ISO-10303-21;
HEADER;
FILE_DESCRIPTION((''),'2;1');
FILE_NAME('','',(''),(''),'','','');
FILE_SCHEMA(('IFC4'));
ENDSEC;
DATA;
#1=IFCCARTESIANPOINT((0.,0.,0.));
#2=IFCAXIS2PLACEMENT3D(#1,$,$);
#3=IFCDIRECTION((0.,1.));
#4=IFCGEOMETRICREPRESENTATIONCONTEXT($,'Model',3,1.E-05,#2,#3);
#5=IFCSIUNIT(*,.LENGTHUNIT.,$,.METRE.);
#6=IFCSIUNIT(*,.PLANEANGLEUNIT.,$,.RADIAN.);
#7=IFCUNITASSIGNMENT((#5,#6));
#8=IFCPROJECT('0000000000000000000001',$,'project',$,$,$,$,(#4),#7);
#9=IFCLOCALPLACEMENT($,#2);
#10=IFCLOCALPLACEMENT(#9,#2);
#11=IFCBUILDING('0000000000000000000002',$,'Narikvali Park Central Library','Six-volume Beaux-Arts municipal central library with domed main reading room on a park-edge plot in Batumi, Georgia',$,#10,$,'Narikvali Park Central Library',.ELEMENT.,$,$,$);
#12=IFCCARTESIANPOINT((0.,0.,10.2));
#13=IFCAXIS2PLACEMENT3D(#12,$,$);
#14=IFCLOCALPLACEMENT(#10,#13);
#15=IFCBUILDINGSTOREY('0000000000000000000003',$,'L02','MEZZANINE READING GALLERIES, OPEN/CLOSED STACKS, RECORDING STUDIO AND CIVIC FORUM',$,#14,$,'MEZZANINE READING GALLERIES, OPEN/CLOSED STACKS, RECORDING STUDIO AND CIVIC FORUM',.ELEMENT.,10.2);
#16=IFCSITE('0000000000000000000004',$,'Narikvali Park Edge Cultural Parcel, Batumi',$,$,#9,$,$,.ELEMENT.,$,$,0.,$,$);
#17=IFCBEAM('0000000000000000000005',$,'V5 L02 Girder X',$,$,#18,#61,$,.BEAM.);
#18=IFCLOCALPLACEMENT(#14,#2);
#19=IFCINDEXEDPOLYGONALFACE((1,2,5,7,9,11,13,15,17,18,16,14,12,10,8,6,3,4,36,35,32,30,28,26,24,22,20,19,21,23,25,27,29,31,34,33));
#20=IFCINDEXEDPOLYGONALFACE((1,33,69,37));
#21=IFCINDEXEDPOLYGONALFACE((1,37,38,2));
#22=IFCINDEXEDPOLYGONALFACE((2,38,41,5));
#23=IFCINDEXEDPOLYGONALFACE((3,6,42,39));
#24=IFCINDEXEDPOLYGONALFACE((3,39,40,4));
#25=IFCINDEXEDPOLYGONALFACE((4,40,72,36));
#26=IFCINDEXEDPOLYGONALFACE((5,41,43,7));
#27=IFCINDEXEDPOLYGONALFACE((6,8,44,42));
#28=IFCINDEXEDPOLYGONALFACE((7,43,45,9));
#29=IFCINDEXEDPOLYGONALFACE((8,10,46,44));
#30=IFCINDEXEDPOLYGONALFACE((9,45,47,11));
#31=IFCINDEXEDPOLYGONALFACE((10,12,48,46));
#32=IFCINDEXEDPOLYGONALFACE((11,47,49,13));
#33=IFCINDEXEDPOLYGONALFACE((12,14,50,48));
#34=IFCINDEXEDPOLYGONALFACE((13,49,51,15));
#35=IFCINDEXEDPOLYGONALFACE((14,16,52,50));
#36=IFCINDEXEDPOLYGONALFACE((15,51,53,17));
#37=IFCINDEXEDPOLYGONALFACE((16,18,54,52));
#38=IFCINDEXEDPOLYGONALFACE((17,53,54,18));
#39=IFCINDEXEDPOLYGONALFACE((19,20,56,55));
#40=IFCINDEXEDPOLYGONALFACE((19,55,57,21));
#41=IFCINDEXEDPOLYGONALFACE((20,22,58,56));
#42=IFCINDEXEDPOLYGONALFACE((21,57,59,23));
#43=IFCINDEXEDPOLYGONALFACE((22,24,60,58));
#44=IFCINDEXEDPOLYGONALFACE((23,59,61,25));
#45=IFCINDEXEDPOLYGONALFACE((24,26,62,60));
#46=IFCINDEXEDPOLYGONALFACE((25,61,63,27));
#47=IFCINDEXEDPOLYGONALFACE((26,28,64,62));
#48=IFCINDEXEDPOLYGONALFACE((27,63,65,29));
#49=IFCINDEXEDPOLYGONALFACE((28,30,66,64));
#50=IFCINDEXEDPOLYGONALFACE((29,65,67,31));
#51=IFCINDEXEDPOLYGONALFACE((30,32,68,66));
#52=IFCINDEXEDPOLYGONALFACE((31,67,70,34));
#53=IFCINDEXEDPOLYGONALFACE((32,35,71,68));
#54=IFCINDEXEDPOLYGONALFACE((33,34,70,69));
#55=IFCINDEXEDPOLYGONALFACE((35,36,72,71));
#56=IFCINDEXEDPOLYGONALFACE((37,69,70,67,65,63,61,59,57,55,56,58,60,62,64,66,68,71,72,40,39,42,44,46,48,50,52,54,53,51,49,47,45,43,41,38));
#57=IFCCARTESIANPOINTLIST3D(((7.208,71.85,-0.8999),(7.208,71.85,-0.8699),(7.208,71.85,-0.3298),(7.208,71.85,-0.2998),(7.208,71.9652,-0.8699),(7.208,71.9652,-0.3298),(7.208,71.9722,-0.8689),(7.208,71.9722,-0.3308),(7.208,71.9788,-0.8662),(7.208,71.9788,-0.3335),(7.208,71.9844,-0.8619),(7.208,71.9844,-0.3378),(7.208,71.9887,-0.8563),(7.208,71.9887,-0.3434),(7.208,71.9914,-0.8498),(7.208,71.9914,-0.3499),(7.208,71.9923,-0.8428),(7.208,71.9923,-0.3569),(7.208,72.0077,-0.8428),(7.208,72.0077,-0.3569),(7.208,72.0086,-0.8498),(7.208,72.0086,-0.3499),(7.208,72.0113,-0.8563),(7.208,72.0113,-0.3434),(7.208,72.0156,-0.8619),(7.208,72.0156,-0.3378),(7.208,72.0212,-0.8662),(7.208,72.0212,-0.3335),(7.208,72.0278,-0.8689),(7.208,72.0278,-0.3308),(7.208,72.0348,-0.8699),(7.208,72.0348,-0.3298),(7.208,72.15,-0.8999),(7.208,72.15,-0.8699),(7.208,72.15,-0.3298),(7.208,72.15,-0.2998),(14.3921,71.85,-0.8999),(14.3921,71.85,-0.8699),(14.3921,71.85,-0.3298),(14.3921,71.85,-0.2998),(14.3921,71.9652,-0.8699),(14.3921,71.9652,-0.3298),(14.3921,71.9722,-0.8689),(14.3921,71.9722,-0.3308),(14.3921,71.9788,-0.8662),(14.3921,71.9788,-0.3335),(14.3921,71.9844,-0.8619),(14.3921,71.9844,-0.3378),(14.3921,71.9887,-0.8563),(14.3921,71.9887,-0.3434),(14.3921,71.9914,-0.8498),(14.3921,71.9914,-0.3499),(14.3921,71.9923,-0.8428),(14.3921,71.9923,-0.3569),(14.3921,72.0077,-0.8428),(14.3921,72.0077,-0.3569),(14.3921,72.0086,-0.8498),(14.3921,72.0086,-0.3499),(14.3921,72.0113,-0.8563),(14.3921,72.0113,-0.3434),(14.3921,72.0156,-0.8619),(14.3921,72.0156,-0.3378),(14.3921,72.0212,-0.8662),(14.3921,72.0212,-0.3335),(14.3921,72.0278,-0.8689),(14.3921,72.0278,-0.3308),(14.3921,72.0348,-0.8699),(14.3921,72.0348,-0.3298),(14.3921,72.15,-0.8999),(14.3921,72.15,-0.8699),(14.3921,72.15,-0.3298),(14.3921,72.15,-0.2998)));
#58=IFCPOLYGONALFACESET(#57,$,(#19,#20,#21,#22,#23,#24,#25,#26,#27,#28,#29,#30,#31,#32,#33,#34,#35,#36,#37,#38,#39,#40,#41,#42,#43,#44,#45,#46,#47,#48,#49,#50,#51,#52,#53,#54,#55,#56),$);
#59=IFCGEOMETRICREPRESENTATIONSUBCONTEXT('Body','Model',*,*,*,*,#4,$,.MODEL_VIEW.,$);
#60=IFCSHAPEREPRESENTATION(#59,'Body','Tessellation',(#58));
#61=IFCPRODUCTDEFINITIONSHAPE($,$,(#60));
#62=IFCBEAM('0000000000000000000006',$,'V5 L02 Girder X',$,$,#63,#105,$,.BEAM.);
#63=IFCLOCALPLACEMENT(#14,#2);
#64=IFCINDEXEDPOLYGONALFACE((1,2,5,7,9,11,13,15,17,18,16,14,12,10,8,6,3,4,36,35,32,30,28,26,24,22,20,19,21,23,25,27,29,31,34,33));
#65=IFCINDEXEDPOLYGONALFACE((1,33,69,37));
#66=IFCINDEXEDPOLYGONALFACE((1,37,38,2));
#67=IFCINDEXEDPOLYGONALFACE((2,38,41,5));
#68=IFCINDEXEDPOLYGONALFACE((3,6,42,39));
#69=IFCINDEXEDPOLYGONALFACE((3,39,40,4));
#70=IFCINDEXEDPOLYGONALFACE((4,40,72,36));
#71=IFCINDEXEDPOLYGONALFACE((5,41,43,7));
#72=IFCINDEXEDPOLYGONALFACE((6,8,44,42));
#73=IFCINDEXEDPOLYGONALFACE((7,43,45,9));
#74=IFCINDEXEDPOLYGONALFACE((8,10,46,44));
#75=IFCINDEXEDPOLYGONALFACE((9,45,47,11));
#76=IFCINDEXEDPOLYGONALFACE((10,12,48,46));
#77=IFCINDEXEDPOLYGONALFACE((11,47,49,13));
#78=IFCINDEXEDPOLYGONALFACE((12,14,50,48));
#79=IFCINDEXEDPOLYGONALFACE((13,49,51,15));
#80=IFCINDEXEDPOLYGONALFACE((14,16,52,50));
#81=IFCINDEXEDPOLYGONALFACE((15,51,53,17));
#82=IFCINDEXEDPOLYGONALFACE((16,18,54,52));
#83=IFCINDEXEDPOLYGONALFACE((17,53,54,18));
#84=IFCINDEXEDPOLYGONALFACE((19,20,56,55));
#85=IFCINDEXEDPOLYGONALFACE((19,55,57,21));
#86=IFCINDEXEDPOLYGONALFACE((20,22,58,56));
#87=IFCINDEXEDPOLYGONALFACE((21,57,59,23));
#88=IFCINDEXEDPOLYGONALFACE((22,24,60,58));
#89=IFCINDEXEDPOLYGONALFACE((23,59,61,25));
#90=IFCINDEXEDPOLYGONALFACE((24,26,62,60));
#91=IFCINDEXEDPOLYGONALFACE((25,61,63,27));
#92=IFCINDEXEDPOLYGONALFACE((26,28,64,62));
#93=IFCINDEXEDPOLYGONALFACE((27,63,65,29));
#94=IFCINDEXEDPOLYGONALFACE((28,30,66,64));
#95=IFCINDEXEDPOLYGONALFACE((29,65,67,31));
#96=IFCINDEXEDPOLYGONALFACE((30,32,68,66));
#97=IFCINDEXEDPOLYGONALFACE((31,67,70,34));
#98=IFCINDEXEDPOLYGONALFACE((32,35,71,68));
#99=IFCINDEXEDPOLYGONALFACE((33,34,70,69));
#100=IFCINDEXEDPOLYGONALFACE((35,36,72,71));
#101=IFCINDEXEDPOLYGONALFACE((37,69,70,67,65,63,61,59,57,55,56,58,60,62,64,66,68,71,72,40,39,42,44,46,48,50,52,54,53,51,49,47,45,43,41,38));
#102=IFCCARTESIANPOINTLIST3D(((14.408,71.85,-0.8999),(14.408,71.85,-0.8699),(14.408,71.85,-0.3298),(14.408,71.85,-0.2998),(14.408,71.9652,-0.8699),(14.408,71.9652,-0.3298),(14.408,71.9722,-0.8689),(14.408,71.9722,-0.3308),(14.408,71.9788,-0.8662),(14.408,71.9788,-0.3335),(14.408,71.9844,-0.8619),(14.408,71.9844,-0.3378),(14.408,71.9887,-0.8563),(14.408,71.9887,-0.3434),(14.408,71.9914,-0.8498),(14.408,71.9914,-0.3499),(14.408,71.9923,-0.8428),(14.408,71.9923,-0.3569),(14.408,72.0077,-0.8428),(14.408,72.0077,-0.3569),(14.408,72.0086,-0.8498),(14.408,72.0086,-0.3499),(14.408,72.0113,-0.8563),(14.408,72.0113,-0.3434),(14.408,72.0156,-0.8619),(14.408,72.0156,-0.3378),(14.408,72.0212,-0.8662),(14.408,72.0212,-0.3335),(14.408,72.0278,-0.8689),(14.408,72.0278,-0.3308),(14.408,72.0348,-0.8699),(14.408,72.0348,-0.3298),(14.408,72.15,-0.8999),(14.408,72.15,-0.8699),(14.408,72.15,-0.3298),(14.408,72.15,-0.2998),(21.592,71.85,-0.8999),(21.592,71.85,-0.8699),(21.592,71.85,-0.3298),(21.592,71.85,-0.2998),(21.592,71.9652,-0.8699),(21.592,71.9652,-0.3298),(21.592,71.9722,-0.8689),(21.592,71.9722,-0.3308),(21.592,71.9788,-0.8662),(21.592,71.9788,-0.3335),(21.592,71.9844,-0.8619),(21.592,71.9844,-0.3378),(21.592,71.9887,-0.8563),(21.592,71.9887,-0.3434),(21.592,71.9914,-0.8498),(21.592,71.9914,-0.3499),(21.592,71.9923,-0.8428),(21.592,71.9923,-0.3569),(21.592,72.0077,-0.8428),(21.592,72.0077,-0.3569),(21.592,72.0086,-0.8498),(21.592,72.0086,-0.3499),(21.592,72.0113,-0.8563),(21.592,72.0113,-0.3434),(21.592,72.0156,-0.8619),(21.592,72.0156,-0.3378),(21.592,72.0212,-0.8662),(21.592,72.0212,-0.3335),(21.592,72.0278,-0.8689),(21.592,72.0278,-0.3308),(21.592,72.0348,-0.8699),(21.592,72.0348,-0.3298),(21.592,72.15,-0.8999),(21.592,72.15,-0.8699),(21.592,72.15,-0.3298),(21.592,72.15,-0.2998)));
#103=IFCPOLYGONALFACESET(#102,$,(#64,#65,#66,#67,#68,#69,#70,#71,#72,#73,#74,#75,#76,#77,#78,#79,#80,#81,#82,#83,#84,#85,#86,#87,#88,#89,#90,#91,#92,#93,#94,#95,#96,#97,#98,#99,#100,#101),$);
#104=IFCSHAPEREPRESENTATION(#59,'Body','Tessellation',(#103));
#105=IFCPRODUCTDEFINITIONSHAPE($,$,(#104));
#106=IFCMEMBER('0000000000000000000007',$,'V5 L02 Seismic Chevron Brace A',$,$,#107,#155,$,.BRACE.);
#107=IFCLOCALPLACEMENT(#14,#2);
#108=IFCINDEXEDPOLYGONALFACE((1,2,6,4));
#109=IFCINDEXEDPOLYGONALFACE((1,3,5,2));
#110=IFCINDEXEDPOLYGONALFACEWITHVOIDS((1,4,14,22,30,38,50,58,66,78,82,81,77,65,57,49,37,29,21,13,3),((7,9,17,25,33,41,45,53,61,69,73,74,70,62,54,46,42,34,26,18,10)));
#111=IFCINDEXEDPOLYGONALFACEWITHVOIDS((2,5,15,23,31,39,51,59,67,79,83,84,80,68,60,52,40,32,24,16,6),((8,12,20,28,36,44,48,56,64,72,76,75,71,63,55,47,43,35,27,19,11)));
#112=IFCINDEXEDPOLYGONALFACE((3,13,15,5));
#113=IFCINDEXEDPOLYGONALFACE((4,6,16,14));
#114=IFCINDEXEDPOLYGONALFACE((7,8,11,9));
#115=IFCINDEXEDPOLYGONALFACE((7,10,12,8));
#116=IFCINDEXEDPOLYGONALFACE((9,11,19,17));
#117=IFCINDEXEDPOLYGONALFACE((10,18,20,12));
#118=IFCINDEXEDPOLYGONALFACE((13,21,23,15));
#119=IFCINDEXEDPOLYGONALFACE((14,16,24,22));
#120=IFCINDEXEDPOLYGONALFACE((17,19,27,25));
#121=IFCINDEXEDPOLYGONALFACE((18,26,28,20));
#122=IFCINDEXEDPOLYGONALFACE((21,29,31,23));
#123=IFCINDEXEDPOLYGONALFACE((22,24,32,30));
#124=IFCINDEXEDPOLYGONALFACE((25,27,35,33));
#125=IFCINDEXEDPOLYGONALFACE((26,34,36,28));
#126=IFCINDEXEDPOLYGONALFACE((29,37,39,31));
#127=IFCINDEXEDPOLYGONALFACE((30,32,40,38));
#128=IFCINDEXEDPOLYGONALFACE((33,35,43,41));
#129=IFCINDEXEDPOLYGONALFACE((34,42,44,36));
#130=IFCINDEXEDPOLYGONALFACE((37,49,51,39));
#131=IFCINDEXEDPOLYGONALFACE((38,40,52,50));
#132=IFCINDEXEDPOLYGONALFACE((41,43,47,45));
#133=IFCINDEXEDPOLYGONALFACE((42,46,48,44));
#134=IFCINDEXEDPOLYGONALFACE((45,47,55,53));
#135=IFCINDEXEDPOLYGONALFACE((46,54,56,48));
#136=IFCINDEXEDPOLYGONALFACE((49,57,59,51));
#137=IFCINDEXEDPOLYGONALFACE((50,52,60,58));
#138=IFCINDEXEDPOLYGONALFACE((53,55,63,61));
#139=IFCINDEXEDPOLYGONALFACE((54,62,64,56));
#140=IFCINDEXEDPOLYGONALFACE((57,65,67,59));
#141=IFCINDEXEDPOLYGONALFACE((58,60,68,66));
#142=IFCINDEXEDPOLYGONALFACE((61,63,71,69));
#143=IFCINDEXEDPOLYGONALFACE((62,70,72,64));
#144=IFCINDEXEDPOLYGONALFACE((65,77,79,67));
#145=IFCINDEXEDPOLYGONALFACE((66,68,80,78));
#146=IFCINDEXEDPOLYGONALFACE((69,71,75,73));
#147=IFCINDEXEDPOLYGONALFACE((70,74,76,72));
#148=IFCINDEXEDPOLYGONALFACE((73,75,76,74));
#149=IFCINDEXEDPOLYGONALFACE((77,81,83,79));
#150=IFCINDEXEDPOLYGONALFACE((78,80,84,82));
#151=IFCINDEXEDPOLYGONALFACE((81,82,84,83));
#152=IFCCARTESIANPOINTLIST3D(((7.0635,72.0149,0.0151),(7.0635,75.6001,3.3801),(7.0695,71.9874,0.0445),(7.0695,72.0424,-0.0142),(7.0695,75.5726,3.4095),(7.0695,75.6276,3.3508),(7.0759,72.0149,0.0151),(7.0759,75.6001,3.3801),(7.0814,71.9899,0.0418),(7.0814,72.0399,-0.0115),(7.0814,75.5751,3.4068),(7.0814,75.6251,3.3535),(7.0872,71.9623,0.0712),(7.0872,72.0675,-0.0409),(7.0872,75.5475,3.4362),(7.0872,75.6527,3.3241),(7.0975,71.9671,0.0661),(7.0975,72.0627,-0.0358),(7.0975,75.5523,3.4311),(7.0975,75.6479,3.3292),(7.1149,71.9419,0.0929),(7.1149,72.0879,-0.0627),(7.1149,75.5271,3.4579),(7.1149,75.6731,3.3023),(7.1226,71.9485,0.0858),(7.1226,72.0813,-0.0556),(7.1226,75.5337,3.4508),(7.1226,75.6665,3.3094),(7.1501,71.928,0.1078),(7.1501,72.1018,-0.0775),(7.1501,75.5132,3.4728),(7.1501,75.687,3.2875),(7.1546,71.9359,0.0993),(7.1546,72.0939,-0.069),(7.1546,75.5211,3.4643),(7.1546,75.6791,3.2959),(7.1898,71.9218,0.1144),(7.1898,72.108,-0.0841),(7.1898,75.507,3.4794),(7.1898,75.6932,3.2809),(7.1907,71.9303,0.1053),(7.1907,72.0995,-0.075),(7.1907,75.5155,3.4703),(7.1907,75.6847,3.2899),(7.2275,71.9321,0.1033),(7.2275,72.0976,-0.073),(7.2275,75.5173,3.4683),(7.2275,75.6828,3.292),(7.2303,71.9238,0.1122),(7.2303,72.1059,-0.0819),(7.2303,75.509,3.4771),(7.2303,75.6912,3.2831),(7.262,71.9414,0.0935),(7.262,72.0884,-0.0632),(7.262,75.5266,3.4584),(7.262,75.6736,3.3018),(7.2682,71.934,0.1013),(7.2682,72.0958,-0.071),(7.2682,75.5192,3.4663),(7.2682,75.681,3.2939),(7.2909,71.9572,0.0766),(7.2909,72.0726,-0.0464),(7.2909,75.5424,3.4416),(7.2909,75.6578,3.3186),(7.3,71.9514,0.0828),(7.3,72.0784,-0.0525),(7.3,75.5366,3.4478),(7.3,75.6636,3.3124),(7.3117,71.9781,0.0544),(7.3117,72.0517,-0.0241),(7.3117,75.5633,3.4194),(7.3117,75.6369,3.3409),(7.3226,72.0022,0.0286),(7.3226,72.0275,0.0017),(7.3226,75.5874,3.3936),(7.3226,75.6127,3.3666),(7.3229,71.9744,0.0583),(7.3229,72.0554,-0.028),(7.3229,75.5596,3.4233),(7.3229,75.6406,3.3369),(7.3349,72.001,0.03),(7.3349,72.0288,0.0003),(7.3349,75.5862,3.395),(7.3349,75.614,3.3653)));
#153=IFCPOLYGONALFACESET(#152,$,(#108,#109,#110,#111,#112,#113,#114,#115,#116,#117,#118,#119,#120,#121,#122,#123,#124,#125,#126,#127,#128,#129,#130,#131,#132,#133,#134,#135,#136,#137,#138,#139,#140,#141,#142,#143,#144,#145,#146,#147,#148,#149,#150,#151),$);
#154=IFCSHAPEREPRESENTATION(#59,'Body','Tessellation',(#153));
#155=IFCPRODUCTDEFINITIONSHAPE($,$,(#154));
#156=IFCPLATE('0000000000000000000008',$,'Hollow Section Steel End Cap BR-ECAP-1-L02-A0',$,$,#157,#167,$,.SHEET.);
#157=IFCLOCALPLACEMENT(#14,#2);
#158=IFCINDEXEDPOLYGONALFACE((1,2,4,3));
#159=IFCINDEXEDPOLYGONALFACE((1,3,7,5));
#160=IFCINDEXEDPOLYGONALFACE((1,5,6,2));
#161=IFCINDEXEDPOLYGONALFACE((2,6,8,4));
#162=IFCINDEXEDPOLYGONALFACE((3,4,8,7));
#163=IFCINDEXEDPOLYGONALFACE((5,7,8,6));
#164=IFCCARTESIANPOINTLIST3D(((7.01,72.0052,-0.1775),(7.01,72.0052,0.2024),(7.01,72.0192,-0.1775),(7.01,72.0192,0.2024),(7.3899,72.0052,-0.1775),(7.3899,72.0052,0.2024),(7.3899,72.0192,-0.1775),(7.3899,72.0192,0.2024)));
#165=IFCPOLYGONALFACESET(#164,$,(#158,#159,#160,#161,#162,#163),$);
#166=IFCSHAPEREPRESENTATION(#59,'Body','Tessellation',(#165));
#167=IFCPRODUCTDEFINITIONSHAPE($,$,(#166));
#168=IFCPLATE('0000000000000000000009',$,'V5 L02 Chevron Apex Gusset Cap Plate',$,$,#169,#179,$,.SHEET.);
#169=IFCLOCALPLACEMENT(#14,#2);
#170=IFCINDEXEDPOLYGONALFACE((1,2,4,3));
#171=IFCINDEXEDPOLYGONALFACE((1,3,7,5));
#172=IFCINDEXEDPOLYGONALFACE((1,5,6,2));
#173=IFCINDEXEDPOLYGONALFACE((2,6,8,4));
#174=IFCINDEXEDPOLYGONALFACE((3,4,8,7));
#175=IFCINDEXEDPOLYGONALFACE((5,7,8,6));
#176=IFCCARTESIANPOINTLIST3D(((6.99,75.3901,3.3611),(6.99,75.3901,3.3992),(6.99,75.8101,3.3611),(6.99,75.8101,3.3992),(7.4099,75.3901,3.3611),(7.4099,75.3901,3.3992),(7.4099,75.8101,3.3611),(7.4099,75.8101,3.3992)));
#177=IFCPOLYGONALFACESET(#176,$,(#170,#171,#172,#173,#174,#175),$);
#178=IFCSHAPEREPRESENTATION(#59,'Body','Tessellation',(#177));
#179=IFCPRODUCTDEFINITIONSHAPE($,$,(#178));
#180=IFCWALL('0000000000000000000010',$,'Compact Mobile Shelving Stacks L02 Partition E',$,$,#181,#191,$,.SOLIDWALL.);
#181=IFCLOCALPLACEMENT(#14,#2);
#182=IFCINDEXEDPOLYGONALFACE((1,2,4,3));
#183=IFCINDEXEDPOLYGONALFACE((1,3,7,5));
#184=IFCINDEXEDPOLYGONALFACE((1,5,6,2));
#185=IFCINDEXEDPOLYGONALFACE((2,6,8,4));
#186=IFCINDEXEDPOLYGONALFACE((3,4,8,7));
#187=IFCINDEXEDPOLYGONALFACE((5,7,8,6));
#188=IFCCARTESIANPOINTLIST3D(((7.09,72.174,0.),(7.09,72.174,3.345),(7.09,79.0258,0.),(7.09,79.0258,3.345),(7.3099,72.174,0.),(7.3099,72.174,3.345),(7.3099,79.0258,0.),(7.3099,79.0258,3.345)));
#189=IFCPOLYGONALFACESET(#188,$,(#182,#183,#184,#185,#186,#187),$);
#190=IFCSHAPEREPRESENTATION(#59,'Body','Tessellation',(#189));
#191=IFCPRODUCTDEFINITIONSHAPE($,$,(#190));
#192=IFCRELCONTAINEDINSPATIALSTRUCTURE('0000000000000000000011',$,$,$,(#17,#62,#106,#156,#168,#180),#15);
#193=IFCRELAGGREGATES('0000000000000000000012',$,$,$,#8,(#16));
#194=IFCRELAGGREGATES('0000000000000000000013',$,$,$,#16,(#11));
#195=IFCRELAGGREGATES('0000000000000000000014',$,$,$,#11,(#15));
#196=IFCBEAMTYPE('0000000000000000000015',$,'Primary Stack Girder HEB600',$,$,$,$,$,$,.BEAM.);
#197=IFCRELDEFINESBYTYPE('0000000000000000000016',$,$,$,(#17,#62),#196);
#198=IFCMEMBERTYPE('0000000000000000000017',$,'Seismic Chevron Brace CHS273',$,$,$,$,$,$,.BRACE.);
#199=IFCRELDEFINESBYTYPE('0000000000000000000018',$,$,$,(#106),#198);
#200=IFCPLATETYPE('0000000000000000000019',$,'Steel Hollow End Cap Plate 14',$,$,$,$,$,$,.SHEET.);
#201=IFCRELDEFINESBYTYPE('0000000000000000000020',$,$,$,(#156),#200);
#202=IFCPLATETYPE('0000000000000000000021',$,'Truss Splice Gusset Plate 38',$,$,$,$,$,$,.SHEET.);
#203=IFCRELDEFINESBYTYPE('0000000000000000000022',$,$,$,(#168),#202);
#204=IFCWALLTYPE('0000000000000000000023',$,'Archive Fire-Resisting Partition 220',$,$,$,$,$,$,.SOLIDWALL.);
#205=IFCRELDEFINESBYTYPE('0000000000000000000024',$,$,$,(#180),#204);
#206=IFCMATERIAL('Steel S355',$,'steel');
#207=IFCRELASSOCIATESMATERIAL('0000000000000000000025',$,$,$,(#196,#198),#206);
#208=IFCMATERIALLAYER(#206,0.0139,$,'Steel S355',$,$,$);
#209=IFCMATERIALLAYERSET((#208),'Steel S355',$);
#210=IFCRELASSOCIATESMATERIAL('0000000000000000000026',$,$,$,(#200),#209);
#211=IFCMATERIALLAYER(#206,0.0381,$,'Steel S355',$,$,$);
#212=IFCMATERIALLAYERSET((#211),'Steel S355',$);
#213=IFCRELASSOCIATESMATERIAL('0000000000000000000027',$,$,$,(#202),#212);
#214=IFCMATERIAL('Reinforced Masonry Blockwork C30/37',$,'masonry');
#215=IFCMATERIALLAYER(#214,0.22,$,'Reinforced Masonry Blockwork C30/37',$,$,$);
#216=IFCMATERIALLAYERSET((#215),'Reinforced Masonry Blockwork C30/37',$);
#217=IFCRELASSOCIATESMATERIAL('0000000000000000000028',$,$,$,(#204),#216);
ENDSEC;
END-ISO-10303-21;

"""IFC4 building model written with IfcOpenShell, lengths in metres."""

from ifc_helpers import new_model, si_unit, direction, frame, frame_2d, origin, origin_2d, place, context, subcontext, project, spatial, rectangle, hollow_circle, i_section, extrude, material, layer, layer_set, material_profile, profile_set, type_object, element, save


model = new_model("IFC4")

# Units and contexts
model_context = context("Model", 3, precision=1e-05, world=origin(), true_north=direction((0.0, 1.0)))
body_context = subcontext(model_context, "Body", "Model", "MODEL_VIEW")
ifc_project = project(units=[si_unit("LENGTHUNIT", "METRE"), si_unit("PLANEANGLEUNIT", "RADIAN")], contexts=[model_context])

# Site, building, storey
site_placement = place(None, origin())
site = spatial("IfcSite", under=ifc_project, at=site_placement, Name="Narikvali Park Edge Cultural Parcel, Batumi", CompositionType="ELEMENT", RefElevation=0.0)
building_placement = place(site_placement, origin())
building = spatial("IfcBuilding", under=site, at=building_placement, Name="Narikvali Park Central Library", Description="Six-volume Beaux-Arts municipal central library with domed main reading room on a park-edge plot in Batumi, Georgia", LongName="Narikvali Park Central Library", CompositionType="ELEMENT")
storey_placement = place(building_placement, frame((0.0, 0.0, 10.2)))
storey = spatial("IfcBuildingStorey", under=building, at=storey_placement, Name="L02", Description="MEZZANINE READING GALLERIES, OPEN/CLOSED STACKS, RECORDING STUDIO AND CIVIC FORUM", LongName="MEZZANINE READING GALLERIES, OPEN/CLOSED STACKS, RECORDING STUDIO AND CIVIC FORUM", CompositionType="ELEMENT", Elevation=10.2)

# Shared definitions
ifc_material_1 = material(Name="Steel S355", Category="steel")

# Beams
ifc_material_profile_1 = material_profile(ifc_material_1, i_section(OverallWidth=0.3, OverallDepth=0.6001, WebThickness=0.0154, FlangeThickness=0.03, FilletRadius=0.0271, at=origin_2d()), Name="HEB 600")
ifc_profile_set_1 = profile_set([ifc_material_profile_1], Name="Steel S355")
beam_type_1 = type_object("IfcBeamType", Name="Primary Stack Girder HEB600", PredefinedType="BEAM", material=ifc_profile_set_1)
for number, where, z_axis, x_axis, name in (
    (1, (7.208, 72.0, -0.5999), (1.0, 0.0, 0.0), (0.0, 1.0, 0.0), "V5 L02 Girder X"),
    (2, (14.408, 72.0, -0.5999), (1.0, 0.0, 0.0), (0.0, 1.0, 0.0), "V5 L02 Girder X"),
):
    element("IfcBeam", number, at=place(storey_placement, frame(where, z_axis=z_axis, x_axis=x_axis)), inside=storey, type_object=beam_type_1, Name=name, PredefinedType="BEAM", context=body_context, shape_type="SweptSolid", body=[
        extrude(i_section(OverallWidth=0.3, OverallDepth=0.6001, WebThickness=0.0154, FlangeThickness=0.03, FilletRadius=0.0271, at=origin_2d()), origin(), (0.0, 0.0, 1.0), 7.1841),
    ])

# Member
ifc_material_profile_2 = material_profile(ifc_material_1, hollow_circle(Radius=0.1365, WallThickness=0.0125, at=origin_2d()), Name="CHS 273x12.5")
ifc_profile_set_2 = profile_set([ifc_material_profile_2], Name="Steel S355")
member_type = type_object("IfcMemberType", Name="Seismic Chevron Brace CHS273", PredefinedType="BRACE", material=ifc_profile_set_2)
member_placement = place(storey_placement, frame((7.2, 72.0149, 0.0151), z_axis=(0.0, 0.729145, 0.684359), x_axis=(-1.0, 0.0, 0.0)))
element("IfcMember", 3, at=member_placement, inside=storey, type_object=member_type, Name="V5 L02 Seismic Chevron Brace A", PredefinedType="BRACE", context=body_context, shape_type="SweptSolid", body=[
    extrude(hollow_circle(Radius=0.1365, WallThickness=0.0125, at=origin_2d()), origin(), (0.0, 0.0, 1.0), 4.917),
])

# Plates
ifc_layer_1 = layer(ifc_material_1, 0.0139, Name="Steel S355")
ifc_layer_set_1 = layer_set([ifc_layer_1], Name="Steel S355")
plate_type_1 = type_object("IfcPlateType", Name="Steel Hollow End Cap Plate 14", PredefinedType="SHEET", material=ifc_layer_set_1)
plate_1_placement = place(storey_placement, frame((7.2, 72.0122, -0.1775), z_axis=(0.0, 0.0, 1.0), x_axis=(-1.0, 0.0, 0.0)))
element("IfcPlate", 4, at=plate_1_placement, inside=storey, type_object=plate_type_1, Name="Hollow Section Steel End Cap BR-ECAP-1-L02-A0", PredefinedType="SHEET", context=body_context, shape_type="SweptSolid", body=[
    extrude(rectangle(XDim=0.3799, YDim=0.0139, at=origin_2d()), origin(), (0.0, 0.0, 1.0), 0.3799),
])
ifc_layer_2 = layer(ifc_material_1, 0.0381, Name="Steel S355")
ifc_layer_set_2 = layer_set([ifc_layer_2], Name="Steel S355")
plate_type_2 = type_object("IfcPlateType", Name="Truss Splice Gusset Plate 38", PredefinedType="SHEET", material=ifc_layer_set_2)
plate_2_placement = place(storey_placement, frame((7.2, 75.6001, 3.3611), z_axis=(0.0, 0.0, 1.0), x_axis=(1.0, 0.0, 0.0)))
element("IfcPlate", 5, at=plate_2_placement, inside=storey, type_object=plate_type_2, Name="V5 L02 Chevron Apex Gusset Cap Plate", PredefinedType="SHEET", context=body_context, shape_type="SweptSolid", body=[
    extrude(rectangle(XDim=0.4199, YDim=0.4199, at=origin_2d()), origin(), (0.0, 0.0, 1.0), 0.0381),
])

# Wall
ifc_material_2 = material(Name="Reinforced Masonry Blockwork C30/37", Category="masonry")
ifc_layer_3 = layer(ifc_material_2, 0.22, Name="Reinforced Masonry Blockwork C30/37")
ifc_layer_set_3 = layer_set([ifc_layer_3], Name="Reinforced Masonry Blockwork C30/37")
wall_type_1 = type_object("IfcWallType", Name="Archive Fire-Resisting Partition 220", PredefinedType="SOLIDWALL", material=ifc_layer_set_3)
wall_1_placement = place(storey_placement, frame((7.2, 72.1741, 0.0), z_axis=(0.0, 0.0, 1.0), x_axis=(0.0, 1.0, 0.0)))
element("IfcWall", 6, at=wall_1_placement, inside=storey, type_object=wall_type_1, Name="Compact Mobile Shelving Stacks L02 Partition E", PredefinedType="SOLIDWALL", context=body_context, shape_type="SweptSolid", body=[
    extrude(rectangle(XDim=6.8518, YDim=0.22, at=frame_2d((3.4258, 0.0))), origin(), (0.0, 0.0, 1.0), 3.345),
])

save(model, "model.ifc")
